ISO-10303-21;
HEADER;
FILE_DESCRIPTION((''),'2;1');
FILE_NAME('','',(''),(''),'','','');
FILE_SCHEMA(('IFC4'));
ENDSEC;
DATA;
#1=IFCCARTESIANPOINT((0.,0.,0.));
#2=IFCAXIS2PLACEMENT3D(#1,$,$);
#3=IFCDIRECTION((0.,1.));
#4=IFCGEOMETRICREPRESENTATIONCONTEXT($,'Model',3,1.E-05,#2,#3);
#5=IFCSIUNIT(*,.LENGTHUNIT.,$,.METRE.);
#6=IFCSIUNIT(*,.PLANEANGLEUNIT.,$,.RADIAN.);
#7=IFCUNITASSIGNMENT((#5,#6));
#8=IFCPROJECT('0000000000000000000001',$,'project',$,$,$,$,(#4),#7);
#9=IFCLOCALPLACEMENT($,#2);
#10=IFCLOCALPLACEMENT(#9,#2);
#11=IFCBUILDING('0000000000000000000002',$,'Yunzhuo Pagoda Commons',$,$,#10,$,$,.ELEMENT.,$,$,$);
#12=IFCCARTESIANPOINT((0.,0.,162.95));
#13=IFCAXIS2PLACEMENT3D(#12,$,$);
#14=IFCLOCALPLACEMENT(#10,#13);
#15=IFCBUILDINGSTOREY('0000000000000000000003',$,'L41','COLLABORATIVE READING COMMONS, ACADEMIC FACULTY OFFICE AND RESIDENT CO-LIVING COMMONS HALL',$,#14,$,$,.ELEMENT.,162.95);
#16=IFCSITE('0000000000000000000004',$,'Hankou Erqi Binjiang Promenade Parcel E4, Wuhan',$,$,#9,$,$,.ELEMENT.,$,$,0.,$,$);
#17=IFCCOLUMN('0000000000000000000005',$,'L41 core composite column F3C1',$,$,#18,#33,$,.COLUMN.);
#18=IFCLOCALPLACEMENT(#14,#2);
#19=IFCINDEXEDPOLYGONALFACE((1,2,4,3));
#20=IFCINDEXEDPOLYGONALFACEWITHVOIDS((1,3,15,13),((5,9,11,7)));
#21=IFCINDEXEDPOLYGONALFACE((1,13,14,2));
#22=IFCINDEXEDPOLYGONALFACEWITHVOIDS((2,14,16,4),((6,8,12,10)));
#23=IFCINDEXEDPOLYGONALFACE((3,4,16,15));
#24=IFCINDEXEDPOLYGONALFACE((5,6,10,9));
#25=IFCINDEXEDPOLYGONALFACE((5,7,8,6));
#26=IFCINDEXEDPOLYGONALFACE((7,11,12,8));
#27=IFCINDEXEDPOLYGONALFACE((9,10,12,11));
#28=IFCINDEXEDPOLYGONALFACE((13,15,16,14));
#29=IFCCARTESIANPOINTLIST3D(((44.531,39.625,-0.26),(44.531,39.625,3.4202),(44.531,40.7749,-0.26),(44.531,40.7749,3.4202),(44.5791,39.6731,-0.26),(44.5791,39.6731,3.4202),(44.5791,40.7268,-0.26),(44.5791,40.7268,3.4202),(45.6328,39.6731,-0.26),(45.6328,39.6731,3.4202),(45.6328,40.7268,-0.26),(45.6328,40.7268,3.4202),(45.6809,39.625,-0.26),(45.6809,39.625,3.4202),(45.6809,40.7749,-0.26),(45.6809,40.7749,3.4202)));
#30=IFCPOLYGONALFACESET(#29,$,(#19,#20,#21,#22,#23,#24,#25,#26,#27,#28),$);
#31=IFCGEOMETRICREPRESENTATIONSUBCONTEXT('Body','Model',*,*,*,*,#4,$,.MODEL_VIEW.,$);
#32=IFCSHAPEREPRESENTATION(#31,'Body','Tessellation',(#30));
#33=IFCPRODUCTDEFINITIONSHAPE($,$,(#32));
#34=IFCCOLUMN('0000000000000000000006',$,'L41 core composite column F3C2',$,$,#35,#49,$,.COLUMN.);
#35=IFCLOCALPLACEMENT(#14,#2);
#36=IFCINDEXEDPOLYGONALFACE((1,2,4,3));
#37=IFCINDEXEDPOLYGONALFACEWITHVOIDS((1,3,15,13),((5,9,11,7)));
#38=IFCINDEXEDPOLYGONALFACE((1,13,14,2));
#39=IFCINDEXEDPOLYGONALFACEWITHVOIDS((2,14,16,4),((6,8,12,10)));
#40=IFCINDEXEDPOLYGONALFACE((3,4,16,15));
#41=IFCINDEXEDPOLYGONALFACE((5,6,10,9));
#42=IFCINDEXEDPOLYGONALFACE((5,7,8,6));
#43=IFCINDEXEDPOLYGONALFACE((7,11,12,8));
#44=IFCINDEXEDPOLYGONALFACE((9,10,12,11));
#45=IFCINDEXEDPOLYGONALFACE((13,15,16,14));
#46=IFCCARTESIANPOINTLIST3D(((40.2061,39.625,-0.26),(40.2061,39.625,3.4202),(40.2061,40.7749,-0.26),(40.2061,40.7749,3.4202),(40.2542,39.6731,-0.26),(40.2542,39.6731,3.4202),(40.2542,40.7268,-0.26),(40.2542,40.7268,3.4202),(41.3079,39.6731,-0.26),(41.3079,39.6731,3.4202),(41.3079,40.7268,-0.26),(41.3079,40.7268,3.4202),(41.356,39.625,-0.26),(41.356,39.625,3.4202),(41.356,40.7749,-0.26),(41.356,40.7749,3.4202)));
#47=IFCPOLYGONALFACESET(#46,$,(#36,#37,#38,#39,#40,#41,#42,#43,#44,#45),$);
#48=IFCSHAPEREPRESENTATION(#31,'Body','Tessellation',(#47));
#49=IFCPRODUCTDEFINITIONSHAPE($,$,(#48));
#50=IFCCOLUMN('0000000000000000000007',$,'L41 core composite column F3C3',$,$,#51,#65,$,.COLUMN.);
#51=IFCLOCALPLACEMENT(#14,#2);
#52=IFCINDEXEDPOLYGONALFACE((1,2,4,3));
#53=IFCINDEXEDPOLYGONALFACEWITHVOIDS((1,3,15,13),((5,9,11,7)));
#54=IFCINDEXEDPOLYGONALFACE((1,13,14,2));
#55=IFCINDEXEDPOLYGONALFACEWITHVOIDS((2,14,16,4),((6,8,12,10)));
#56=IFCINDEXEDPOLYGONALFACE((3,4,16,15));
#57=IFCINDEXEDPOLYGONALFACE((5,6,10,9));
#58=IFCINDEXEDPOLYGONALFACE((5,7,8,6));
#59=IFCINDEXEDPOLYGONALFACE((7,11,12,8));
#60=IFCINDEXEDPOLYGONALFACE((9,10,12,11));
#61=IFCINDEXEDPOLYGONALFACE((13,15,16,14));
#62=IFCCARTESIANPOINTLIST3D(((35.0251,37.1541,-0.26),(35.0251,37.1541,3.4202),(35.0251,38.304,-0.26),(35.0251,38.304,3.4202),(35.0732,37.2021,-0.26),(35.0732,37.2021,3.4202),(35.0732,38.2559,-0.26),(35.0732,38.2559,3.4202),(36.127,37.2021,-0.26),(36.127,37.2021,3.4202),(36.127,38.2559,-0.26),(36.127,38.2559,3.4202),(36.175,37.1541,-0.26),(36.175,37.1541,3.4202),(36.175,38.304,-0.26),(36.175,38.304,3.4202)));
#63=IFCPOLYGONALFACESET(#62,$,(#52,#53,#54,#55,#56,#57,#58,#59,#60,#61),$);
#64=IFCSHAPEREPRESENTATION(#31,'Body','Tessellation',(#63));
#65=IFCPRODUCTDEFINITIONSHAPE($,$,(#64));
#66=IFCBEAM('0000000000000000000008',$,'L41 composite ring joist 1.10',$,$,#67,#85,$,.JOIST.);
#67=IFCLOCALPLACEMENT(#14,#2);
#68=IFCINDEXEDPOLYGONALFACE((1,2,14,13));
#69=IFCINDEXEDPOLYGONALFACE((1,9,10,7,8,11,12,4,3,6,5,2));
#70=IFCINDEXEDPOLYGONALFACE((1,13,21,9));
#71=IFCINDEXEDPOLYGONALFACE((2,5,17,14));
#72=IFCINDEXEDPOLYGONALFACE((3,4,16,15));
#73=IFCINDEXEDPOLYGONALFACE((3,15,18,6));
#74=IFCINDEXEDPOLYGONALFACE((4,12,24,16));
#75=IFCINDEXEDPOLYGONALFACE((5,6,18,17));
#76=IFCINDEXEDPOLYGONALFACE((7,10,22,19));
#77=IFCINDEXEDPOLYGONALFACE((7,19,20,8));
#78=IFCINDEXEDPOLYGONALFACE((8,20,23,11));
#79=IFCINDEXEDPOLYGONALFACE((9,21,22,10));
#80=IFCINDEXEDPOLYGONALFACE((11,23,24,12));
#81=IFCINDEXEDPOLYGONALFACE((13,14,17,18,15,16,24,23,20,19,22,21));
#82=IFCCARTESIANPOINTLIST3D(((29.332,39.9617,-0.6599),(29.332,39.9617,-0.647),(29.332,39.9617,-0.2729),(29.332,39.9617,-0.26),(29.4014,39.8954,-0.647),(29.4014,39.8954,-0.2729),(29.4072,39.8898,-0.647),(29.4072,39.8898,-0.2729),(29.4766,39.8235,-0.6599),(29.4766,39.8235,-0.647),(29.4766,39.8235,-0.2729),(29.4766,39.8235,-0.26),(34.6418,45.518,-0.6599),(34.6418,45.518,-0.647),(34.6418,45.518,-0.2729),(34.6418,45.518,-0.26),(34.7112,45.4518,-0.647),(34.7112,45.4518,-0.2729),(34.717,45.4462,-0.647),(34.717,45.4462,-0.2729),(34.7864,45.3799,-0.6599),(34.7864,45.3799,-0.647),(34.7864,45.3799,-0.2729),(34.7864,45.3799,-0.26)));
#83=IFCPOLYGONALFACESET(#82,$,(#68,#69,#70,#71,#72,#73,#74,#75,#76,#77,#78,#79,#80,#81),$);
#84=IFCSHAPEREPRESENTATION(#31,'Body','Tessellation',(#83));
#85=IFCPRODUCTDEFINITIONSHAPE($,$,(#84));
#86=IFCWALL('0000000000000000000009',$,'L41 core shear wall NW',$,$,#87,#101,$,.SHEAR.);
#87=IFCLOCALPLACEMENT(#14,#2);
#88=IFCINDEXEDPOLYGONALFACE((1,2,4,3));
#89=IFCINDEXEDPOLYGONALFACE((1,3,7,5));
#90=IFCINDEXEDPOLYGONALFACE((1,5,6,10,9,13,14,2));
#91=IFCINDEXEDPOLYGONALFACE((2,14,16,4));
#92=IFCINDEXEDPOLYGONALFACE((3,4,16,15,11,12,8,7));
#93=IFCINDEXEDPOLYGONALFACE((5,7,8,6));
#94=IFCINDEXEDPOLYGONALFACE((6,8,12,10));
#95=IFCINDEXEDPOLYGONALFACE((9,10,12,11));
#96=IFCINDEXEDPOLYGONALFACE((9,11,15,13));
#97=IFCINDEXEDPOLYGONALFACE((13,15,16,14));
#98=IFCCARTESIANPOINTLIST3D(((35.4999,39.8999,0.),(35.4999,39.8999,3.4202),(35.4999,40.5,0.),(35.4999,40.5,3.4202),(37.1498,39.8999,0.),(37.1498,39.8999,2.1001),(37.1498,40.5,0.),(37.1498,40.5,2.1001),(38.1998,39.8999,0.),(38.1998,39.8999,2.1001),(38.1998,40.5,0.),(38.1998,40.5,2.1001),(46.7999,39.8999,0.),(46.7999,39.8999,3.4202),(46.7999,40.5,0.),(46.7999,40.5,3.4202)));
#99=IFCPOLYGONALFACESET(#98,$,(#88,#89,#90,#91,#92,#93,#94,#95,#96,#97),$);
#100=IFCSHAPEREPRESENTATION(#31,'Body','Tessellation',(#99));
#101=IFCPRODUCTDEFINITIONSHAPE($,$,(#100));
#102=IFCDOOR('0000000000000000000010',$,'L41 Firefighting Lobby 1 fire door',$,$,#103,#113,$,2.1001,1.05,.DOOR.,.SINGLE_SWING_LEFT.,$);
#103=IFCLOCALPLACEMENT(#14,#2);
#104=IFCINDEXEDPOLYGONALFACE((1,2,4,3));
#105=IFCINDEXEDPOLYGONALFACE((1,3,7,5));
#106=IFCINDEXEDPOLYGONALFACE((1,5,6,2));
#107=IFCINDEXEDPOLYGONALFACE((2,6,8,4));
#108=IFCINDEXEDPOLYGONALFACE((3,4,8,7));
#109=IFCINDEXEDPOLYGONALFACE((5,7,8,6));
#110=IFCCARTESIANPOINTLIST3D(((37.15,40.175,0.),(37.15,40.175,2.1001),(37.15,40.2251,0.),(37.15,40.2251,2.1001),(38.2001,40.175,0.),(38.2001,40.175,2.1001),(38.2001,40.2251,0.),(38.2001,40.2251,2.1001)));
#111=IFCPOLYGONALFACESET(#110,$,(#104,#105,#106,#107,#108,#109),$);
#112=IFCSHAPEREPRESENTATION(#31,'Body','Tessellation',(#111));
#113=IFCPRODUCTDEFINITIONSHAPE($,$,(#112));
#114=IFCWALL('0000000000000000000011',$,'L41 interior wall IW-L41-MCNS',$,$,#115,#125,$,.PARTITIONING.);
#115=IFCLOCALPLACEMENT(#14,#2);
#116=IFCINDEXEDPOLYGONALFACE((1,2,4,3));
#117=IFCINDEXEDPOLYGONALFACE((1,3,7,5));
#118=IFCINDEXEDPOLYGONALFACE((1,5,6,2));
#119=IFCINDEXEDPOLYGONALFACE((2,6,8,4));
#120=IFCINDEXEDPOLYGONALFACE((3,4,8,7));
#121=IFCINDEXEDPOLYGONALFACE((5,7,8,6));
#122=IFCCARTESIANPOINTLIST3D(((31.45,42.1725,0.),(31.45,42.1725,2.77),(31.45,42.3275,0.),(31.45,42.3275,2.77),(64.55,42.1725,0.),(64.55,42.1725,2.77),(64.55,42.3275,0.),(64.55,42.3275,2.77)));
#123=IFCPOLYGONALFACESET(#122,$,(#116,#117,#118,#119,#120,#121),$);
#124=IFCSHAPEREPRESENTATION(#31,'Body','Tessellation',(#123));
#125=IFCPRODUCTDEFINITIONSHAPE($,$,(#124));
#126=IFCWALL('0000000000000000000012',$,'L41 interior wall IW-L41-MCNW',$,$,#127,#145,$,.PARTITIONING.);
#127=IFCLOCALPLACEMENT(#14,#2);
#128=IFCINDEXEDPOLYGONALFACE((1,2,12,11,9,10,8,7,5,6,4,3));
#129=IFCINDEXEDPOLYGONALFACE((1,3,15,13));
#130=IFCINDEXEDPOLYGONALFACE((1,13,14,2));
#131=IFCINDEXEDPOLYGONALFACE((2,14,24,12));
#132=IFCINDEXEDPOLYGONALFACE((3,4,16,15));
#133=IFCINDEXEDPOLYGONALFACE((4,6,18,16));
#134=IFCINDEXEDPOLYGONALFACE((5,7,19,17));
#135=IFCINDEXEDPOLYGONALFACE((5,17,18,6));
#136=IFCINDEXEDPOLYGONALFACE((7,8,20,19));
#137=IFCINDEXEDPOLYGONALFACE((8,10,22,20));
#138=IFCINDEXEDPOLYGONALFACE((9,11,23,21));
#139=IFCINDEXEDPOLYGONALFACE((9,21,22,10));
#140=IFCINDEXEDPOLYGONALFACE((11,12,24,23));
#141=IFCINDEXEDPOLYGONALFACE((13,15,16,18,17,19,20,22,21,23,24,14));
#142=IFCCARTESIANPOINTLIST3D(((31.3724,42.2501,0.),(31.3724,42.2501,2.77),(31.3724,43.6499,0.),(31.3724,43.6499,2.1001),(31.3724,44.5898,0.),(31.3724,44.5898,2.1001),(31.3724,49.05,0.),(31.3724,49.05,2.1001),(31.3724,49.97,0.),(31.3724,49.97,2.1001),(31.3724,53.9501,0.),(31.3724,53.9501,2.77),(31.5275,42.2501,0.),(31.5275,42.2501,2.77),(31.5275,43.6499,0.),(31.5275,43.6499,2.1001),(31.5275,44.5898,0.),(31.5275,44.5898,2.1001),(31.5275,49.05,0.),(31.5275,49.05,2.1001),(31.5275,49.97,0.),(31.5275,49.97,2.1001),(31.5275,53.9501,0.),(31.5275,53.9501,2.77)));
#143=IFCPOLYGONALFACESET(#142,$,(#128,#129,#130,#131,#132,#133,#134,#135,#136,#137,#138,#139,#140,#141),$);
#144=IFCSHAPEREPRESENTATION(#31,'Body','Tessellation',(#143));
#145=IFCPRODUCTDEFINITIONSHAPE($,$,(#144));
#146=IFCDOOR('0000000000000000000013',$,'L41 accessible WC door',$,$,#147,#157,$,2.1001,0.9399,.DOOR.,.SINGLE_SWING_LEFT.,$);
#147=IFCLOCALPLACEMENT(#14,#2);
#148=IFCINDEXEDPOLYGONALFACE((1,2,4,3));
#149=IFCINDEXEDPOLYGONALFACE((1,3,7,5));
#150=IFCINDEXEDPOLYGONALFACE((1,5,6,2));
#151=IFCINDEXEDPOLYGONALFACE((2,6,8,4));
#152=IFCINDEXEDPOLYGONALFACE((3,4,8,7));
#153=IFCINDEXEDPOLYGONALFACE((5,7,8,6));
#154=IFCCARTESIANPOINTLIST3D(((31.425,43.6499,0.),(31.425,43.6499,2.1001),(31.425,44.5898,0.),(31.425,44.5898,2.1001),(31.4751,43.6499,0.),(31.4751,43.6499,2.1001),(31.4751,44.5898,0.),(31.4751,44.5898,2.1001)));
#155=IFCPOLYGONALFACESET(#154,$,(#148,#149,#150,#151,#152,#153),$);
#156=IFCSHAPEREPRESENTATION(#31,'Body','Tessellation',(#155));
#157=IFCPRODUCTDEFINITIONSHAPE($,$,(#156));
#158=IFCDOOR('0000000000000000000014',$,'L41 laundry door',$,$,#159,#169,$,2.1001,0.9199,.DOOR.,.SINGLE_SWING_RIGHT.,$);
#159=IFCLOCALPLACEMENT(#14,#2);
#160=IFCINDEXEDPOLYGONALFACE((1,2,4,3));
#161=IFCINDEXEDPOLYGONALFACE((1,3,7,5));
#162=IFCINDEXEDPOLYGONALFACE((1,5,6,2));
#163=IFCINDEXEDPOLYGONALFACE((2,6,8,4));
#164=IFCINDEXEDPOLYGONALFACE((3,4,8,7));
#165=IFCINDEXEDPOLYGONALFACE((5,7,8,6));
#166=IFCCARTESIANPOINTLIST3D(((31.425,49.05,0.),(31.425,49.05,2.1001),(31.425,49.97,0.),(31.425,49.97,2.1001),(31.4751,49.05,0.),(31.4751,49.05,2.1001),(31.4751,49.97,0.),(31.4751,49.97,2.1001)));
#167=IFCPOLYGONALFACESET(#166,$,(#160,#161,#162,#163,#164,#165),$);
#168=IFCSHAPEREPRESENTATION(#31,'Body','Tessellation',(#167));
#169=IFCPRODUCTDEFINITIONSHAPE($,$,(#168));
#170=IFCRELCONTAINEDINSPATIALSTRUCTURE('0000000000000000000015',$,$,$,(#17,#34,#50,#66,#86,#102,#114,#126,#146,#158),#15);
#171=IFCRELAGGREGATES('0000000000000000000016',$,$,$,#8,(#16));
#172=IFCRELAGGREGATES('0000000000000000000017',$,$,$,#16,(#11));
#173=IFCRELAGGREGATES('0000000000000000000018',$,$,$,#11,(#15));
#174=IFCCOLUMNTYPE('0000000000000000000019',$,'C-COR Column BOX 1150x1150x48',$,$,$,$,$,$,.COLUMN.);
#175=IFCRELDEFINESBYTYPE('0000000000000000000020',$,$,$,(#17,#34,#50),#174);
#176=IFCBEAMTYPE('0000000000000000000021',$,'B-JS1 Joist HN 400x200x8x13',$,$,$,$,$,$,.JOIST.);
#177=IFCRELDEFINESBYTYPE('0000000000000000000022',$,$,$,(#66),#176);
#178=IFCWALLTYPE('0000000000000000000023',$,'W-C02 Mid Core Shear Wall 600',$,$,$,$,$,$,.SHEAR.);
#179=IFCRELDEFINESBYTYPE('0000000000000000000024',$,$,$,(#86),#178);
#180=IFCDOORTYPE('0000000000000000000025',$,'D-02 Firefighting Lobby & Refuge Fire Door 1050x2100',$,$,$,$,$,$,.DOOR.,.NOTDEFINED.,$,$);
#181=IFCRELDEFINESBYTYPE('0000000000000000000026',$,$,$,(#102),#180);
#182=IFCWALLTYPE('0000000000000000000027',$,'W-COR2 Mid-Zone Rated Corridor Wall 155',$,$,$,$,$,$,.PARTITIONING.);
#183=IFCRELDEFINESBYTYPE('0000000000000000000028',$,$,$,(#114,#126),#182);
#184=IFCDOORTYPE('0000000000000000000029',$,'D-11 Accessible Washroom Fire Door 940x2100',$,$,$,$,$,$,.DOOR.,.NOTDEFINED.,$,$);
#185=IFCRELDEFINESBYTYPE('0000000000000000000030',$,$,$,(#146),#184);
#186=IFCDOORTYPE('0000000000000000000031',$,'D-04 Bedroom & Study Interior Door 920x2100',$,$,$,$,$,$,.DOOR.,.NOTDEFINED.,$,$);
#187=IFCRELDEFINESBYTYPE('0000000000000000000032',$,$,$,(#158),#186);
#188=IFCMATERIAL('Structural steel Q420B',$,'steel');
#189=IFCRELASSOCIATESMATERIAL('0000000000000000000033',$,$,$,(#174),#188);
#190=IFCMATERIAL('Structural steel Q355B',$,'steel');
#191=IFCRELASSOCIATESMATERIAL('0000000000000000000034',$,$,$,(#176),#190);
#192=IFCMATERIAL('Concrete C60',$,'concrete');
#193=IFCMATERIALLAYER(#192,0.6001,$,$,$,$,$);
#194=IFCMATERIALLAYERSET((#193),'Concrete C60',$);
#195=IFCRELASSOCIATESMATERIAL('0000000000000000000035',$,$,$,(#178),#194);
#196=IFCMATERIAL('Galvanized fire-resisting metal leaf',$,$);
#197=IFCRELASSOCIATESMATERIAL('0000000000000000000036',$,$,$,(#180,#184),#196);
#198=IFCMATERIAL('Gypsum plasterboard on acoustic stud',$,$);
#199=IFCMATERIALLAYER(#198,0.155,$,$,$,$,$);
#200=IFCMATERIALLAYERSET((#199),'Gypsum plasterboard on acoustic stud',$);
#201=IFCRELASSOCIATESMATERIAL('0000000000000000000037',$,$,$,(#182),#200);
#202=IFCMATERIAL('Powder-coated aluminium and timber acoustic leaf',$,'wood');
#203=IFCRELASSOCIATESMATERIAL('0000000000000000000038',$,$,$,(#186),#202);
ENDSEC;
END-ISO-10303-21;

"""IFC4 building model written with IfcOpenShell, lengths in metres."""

from ifc_helpers import new_model, si_unit, direction, frame, frame_2d, origin, origin_with_axes, origin_2d, place, context, subcontext, project, spatial, rectangle, hollow_rectangle, i_section, extrude, source, transform, mapped, material, layer, layer_set, material_profile, profile_set, type_object, element, fill, save


model = new_model("IFC4")

# Units and contexts
model_context = context("Model", 3, precision=1e-05, world=origin(), true_north=direction((0.0, 1.0)))
body_context = subcontext(model_context, "Body", "Model", "MODEL_VIEW")
ifc_project = project(units=[si_unit("LENGTHUNIT", "METRE"), si_unit("PLANEANGLEUNIT", "RADIAN")], contexts=[model_context])

# Site, building, storey
site_placement = place(None, origin())
site = spatial("IfcSite", under=ifc_project, at=site_placement, Name="Hankou Erqi Binjiang Promenade Parcel E4, Wuhan", CompositionType="ELEMENT", RefElevation=0.0)
building_placement = place(site_placement, origin())
building = spatial("IfcBuilding", under=site, at=building_placement, Name="Yunzhuo Pagoda Commons", CompositionType="ELEMENT")
storey_placement = place(building_placement, frame((0.0, 0.0, 162.95)))
storey = spatial("IfcBuildingStorey", under=building, at=storey_placement, Name="L41", Description="COLLABORATIVE READING COMMONS, ACADEMIC FACULTY OFFICE AND RESIDENT CO-LIVING COMMONS HALL", CompositionType="ELEMENT", Elevation=162.95)

# Columns
ifc_material_1 = material(Name="Structural steel Q420B", Category="steel")
ifc_material_profile_1 = material_profile(ifc_material_1, hollow_rectangle(XDim=1.1499, YDim=1.1499, WallThickness=0.0481, at=origin_2d()), Name="Structural steel Q420B")
ifc_profile_set_1 = profile_set([ifc_material_profile_1], Name="Structural steel Q420B")
column_type = type_object("IfcColumnType", Name="C-COR Column BOX 1150x1150x48", PredefinedType="COLUMN", material=ifc_profile_set_1)
shared_shape_1 = source(origin(), body_context, "Body", "SweptSolid", [
    extrude(hollow_rectangle(XDim=1.1499, YDim=1.1499, WallThickness=0.0481, at=origin_2d()), origin(), (0.0, 0.0, 1.0), 3.6802),
])
for number, where, z_axis, x_axis, name in (
    (1, (45.106, 40.2, -0.26), (0.0, 0.0, 1.0), (1.0, 0.0, 0.0), "L41 core composite column F3C1"),
    (2, (40.781, 40.2, -0.26), (0.0, 0.0, 1.0), (1.0, 0.0, 0.0), "L41 core composite column F3C2"),
    (3, (35.6001, 37.729, -0.26), (0.0, 0.0, 1.0), (1.0, 0.0, 0.0), "L41 core composite column F3C3"),
):
    element("IfcColumn", number, at=place(storey_placement, frame(where, z_axis=z_axis, x_axis=x_axis)), inside=storey, type_object=column_type, Name=name, PredefinedType="COLUMN", context=body_context, shape_type="MappedRepresentation", body=[
        mapped(shared_shape_1, transform((0.0, 0.0, 0.0), scale=1.0)),
    ])

# Beam
ifc_material_2 = material(Name="Structural steel Q355B", Category="steel")
ifc_material_profile_2 = material_profile(ifc_material_2, i_section(OverallWidth=0.2, OverallDepth=0.3999, WebThickness=0.0081, FlangeThickness=0.0129, at=origin_2d()), Name="Structural steel Q355B")
ifc_profile_set_2 = profile_set([ifc_material_profile_2], Name="Structural steel Q355B")
beam_type = type_object("IfcBeamType", Name="B-JS1 Joist HN 400x200x8x13", PredefinedType="JOIST", material=ifc_profile_set_2)
shared_shape_2 = source(origin(), body_context, "Body", "SweptSolid", [
    extrude(i_section(OverallWidth=0.2, OverallDepth=0.3999, WebThickness=0.0081, FlangeThickness=0.0129, at=origin_2d()), origin(), (0.0, 0.0, 1.0), 7.6855),
])
beam_placement = place(storey_placement, frame((34.7141, 45.449, -0.46), z_axis=(-0.690883, -0.722967, 0.0), x_axis=(0.722967, -0.690883, 0.0)))
element("IfcBeam", 4, at=beam_placement, inside=storey, type_object=beam_type, Name="L41 composite ring joist 1.10", PredefinedType="JOIST", context=body_context, shape_type="MappedRepresentation", body=[
    mapped(shared_shape_2, transform((0.0, 0.0, 0.0), scale=1.0)),
])

# Wall, opening, door
ifc_material_3 = material(Name="Concrete C60", Category="concrete")
ifc_layer_1 = layer(ifc_material_3, 0.6001)
ifc_layer_set_1 = layer_set([ifc_layer_1], Name="Concrete C60")
wall_type_1 = type_object("IfcWallType", Name="W-C02 Mid Core Shear Wall 600", PredefinedType="SHEAR", material=ifc_layer_set_1)
wall_1_placement = place(storey_placement, frame((35.5, 40.2, 0.0), z_axis=(0.0, 0.0, 1.0), x_axis=(1.0, 0.0, 0.0)))
wall_1 = element("IfcWall", 5, at=wall_1_placement, inside=storey, type_object=wall_type_1, Name="L41 core shear wall NW", PredefinedType="SHEAR", context=body_context, shape_type="SweptSolid", body=[
    extrude(rectangle(XDim=11.3, YDim=0.6001, at=frame_2d((5.6499, 0.0))), origin(), (0.0, 0.0, 1.0), 3.4202),
])
opening_1_placement = place(wall_1_placement, frame((1.6499, 0.0, 0.0)))
opening_1 = element("IfcOpeningElement", 6, at=opening_1_placement, cuts=wall_1, PredefinedType="OPENING", context=body_context, shape_type="SweptSolid", body=[
    extrude(rectangle(XDim=1.05, YDim=2.1001, at=frame_2d((0.5249, 1.05))), frame((0.0, 0.3101, 0.0), z_axis=(0.0, -1.0, 0.0), x_axis=(1.0, 0.0, 0.0)), (0.0, 0.0, 1.0), 0.6201),
])
ifc_material_4 = material(Name="Galvanized fire-resisting metal leaf")
door_type_1 = type_object("IfcDoorType", Name="D-02 Firefighting Lobby & Refuge Fire Door 1050x2100", OperationType="NOTDEFINED", PredefinedType="DOOR", material=ifc_material_4)
shared_shape_3 = source(origin(), body_context, "Body", "SweptSolid", [
    extrude(rectangle(XDim=1.05, YDim=2.1001, at=frame_2d((0.5249, 1.05))), frame((0.0, 0.0249, 0.0), z_axis=(0.0, -1.0, 0.0), x_axis=(1.0, 0.0, 0.0)), (0.0, 0.0, 1.0), 0.05),
])
door_1_placement = place(opening_1_placement, frame((1.05, 0.0, 0.0), z_axis=(0.0, 0.0, 1.0), x_axis=(-1.0, 0.0, 0.0)))
door_1 = element("IfcDoor", 7, at=door_1_placement, inside=storey, type_object=door_type_1, Name="L41 Firefighting Lobby 1 fire door", OperationType="SINGLE_SWING_LEFT", OverallHeight=2.1001, OverallWidth=1.05, PredefinedType="DOOR", context=body_context, shape_type="MappedRepresentation", body=[
    mapped(shared_shape_3, transform((0.0, 0.0, 0.0), scale=1.0)),
])
fill(opening_1, door_1)

# Wall
ifc_material_5 = material(Name="Gypsum plasterboard on acoustic stud")
ifc_layer_2 = layer(ifc_material_5, 0.155)
ifc_layer_set_2 = layer_set([ifc_layer_2], Name="Gypsum plasterboard on acoustic stud")
wall_type_2 = type_object("IfcWallType", Name="W-COR2 Mid-Zone Rated Corridor Wall 155", PredefinedType="PARTITIONING", material=ifc_layer_set_2)
wall_2_placement = place(storey_placement, frame((31.45, 42.25, 0.0), z_axis=(0.0, 0.0, 1.0), x_axis=(1.0, 0.0, 0.0)))
element("IfcWall", 8, at=wall_2_placement, inside=storey, type_object=wall_type_2, Name="L41 interior wall IW-L41-MCNS", PredefinedType="PARTITIONING", context=body_context, shape_type="SweptSolid", body=[
    extrude(rectangle(XDim=33.1001, YDim=0.155, at=frame_2d((16.55, 0.0))), origin(), (0.0, 0.0, 1.0), 2.77),
])

# Wall, openings, doors
wall_3_placement = place(storey_placement, frame((31.45, 42.25, 0.0), z_axis=(0.0, 0.0, 1.0), x_axis=(0.0, 1.0, 0.0)))
wall_3 = element("IfcWall", 9, at=wall_3_placement, inside=storey, type_object=wall_type_2, Name="L41 interior wall IW-L41-MCNW", PredefinedType="PARTITIONING", context=body_context, shape_type="SweptSolid", body=[
    extrude(rectangle(XDim=11.7, YDim=0.155, at=frame_2d((5.8501, 0.0))), origin(), (0.0, 0.0, 1.0), 2.77),
])
opening_2_placement = place(wall_3_placement, frame((1.3999, 0.0, 0.0)))
opening_2 = element("IfcOpeningElement", 10, at=opening_2_placement, cuts=wall_3, PredefinedType="OPENING", context=body_context, shape_type="SweptSolid", body=[
    extrude(rectangle(XDim=0.9399, YDim=2.1001, at=frame_2d((0.47, 1.05))), frame((0.0, 0.0874, 0.0), z_axis=(0.0, -1.0, 0.0), x_axis=(1.0, 0.0, 0.0)), (0.0, 0.0, 1.0), 0.175),
])
opening_3_placement = place(wall_3_placement, frame((6.8, 0.0, 0.0)))
opening_3 = element("IfcOpeningElement", 11, at=opening_3_placement, cuts=wall_3, PredefinedType="OPENING", context=body_context, shape_type="SweptSolid", body=[
    extrude(rectangle(XDim=0.9199, YDim=2.1001, at=frame_2d((0.46, 1.05))), frame((0.0, 0.0874, 0.0), z_axis=(0.0, -1.0, 0.0), x_axis=(1.0, 0.0, 0.0)), (0.0, 0.0, 1.0), 0.175),
])
door_type_2 = type_object("IfcDoorType", Name="D-11 Accessible Washroom Fire Door 940x2100", OperationType="NOTDEFINED", PredefinedType="DOOR", material=ifc_material_4)
shared_shape_4 = source(origin(), body_context, "Body", "SweptSolid", [
    extrude(rectangle(XDim=0.9399, YDim=2.1001, at=frame_2d((0.47, 1.05))), frame((0.0, 0.0249, 0.0), z_axis=(0.0, -1.0, 0.0), x_axis=(1.0, 0.0, 0.0)), (0.0, 0.0, 1.0), 0.05),
])
door_2_placement = place(opening_2_placement, origin_with_axes())
door_2 = element("IfcDoor", 12, at=door_2_placement, inside=storey, type_object=door_type_2, Name="L41 accessible WC door", OperationType="SINGLE_SWING_LEFT", OverallHeight=2.1001, OverallWidth=0.9399, PredefinedType="DOOR", context=body_context, shape_type="MappedRepresentation", body=[
    mapped(shared_shape_4, transform((0.0, 0.0, 0.0), scale=1.0)),
])
fill(opening_2, door_2)
ifc_material_6 = material(Name="Powder-coated aluminium and timber acoustic leaf", Category="wood")
door_type_3 = type_object("IfcDoorType", Name="D-04 Bedroom & Study Interior Door 920x2100", OperationType="NOTDEFINED", PredefinedType="DOOR", material=ifc_material_6)
shared_shape_5 = source(origin(), body_context, "Body", "SweptSolid", [
    extrude(rectangle(XDim=0.9199, YDim=2.1001, at=frame_2d((0.46, 1.05))), frame((0.0, 0.0249, 0.0), z_axis=(0.0, -1.0, 0.0), x_axis=(1.0, 0.0, 0.0)), (0.0, 0.0, 1.0), 0.05),
])
door_3_placement = place(opening_3_placement, origin_with_axes())
door_3 = element("IfcDoor", 13, at=door_3_placement, inside=storey, type_object=door_type_3, Name="L41 laundry door", OperationType="SINGLE_SWING_RIGHT", OverallHeight=2.1001, OverallWidth=0.9199, PredefinedType="DOOR", context=body_context, shape_type="MappedRepresentation", body=[
    mapped(shared_shape_5, transform((0.0, 0.0, 0.0), scale=1.0)),
])
fill(opening_3, door_3)

save(model, "model.ifc")
